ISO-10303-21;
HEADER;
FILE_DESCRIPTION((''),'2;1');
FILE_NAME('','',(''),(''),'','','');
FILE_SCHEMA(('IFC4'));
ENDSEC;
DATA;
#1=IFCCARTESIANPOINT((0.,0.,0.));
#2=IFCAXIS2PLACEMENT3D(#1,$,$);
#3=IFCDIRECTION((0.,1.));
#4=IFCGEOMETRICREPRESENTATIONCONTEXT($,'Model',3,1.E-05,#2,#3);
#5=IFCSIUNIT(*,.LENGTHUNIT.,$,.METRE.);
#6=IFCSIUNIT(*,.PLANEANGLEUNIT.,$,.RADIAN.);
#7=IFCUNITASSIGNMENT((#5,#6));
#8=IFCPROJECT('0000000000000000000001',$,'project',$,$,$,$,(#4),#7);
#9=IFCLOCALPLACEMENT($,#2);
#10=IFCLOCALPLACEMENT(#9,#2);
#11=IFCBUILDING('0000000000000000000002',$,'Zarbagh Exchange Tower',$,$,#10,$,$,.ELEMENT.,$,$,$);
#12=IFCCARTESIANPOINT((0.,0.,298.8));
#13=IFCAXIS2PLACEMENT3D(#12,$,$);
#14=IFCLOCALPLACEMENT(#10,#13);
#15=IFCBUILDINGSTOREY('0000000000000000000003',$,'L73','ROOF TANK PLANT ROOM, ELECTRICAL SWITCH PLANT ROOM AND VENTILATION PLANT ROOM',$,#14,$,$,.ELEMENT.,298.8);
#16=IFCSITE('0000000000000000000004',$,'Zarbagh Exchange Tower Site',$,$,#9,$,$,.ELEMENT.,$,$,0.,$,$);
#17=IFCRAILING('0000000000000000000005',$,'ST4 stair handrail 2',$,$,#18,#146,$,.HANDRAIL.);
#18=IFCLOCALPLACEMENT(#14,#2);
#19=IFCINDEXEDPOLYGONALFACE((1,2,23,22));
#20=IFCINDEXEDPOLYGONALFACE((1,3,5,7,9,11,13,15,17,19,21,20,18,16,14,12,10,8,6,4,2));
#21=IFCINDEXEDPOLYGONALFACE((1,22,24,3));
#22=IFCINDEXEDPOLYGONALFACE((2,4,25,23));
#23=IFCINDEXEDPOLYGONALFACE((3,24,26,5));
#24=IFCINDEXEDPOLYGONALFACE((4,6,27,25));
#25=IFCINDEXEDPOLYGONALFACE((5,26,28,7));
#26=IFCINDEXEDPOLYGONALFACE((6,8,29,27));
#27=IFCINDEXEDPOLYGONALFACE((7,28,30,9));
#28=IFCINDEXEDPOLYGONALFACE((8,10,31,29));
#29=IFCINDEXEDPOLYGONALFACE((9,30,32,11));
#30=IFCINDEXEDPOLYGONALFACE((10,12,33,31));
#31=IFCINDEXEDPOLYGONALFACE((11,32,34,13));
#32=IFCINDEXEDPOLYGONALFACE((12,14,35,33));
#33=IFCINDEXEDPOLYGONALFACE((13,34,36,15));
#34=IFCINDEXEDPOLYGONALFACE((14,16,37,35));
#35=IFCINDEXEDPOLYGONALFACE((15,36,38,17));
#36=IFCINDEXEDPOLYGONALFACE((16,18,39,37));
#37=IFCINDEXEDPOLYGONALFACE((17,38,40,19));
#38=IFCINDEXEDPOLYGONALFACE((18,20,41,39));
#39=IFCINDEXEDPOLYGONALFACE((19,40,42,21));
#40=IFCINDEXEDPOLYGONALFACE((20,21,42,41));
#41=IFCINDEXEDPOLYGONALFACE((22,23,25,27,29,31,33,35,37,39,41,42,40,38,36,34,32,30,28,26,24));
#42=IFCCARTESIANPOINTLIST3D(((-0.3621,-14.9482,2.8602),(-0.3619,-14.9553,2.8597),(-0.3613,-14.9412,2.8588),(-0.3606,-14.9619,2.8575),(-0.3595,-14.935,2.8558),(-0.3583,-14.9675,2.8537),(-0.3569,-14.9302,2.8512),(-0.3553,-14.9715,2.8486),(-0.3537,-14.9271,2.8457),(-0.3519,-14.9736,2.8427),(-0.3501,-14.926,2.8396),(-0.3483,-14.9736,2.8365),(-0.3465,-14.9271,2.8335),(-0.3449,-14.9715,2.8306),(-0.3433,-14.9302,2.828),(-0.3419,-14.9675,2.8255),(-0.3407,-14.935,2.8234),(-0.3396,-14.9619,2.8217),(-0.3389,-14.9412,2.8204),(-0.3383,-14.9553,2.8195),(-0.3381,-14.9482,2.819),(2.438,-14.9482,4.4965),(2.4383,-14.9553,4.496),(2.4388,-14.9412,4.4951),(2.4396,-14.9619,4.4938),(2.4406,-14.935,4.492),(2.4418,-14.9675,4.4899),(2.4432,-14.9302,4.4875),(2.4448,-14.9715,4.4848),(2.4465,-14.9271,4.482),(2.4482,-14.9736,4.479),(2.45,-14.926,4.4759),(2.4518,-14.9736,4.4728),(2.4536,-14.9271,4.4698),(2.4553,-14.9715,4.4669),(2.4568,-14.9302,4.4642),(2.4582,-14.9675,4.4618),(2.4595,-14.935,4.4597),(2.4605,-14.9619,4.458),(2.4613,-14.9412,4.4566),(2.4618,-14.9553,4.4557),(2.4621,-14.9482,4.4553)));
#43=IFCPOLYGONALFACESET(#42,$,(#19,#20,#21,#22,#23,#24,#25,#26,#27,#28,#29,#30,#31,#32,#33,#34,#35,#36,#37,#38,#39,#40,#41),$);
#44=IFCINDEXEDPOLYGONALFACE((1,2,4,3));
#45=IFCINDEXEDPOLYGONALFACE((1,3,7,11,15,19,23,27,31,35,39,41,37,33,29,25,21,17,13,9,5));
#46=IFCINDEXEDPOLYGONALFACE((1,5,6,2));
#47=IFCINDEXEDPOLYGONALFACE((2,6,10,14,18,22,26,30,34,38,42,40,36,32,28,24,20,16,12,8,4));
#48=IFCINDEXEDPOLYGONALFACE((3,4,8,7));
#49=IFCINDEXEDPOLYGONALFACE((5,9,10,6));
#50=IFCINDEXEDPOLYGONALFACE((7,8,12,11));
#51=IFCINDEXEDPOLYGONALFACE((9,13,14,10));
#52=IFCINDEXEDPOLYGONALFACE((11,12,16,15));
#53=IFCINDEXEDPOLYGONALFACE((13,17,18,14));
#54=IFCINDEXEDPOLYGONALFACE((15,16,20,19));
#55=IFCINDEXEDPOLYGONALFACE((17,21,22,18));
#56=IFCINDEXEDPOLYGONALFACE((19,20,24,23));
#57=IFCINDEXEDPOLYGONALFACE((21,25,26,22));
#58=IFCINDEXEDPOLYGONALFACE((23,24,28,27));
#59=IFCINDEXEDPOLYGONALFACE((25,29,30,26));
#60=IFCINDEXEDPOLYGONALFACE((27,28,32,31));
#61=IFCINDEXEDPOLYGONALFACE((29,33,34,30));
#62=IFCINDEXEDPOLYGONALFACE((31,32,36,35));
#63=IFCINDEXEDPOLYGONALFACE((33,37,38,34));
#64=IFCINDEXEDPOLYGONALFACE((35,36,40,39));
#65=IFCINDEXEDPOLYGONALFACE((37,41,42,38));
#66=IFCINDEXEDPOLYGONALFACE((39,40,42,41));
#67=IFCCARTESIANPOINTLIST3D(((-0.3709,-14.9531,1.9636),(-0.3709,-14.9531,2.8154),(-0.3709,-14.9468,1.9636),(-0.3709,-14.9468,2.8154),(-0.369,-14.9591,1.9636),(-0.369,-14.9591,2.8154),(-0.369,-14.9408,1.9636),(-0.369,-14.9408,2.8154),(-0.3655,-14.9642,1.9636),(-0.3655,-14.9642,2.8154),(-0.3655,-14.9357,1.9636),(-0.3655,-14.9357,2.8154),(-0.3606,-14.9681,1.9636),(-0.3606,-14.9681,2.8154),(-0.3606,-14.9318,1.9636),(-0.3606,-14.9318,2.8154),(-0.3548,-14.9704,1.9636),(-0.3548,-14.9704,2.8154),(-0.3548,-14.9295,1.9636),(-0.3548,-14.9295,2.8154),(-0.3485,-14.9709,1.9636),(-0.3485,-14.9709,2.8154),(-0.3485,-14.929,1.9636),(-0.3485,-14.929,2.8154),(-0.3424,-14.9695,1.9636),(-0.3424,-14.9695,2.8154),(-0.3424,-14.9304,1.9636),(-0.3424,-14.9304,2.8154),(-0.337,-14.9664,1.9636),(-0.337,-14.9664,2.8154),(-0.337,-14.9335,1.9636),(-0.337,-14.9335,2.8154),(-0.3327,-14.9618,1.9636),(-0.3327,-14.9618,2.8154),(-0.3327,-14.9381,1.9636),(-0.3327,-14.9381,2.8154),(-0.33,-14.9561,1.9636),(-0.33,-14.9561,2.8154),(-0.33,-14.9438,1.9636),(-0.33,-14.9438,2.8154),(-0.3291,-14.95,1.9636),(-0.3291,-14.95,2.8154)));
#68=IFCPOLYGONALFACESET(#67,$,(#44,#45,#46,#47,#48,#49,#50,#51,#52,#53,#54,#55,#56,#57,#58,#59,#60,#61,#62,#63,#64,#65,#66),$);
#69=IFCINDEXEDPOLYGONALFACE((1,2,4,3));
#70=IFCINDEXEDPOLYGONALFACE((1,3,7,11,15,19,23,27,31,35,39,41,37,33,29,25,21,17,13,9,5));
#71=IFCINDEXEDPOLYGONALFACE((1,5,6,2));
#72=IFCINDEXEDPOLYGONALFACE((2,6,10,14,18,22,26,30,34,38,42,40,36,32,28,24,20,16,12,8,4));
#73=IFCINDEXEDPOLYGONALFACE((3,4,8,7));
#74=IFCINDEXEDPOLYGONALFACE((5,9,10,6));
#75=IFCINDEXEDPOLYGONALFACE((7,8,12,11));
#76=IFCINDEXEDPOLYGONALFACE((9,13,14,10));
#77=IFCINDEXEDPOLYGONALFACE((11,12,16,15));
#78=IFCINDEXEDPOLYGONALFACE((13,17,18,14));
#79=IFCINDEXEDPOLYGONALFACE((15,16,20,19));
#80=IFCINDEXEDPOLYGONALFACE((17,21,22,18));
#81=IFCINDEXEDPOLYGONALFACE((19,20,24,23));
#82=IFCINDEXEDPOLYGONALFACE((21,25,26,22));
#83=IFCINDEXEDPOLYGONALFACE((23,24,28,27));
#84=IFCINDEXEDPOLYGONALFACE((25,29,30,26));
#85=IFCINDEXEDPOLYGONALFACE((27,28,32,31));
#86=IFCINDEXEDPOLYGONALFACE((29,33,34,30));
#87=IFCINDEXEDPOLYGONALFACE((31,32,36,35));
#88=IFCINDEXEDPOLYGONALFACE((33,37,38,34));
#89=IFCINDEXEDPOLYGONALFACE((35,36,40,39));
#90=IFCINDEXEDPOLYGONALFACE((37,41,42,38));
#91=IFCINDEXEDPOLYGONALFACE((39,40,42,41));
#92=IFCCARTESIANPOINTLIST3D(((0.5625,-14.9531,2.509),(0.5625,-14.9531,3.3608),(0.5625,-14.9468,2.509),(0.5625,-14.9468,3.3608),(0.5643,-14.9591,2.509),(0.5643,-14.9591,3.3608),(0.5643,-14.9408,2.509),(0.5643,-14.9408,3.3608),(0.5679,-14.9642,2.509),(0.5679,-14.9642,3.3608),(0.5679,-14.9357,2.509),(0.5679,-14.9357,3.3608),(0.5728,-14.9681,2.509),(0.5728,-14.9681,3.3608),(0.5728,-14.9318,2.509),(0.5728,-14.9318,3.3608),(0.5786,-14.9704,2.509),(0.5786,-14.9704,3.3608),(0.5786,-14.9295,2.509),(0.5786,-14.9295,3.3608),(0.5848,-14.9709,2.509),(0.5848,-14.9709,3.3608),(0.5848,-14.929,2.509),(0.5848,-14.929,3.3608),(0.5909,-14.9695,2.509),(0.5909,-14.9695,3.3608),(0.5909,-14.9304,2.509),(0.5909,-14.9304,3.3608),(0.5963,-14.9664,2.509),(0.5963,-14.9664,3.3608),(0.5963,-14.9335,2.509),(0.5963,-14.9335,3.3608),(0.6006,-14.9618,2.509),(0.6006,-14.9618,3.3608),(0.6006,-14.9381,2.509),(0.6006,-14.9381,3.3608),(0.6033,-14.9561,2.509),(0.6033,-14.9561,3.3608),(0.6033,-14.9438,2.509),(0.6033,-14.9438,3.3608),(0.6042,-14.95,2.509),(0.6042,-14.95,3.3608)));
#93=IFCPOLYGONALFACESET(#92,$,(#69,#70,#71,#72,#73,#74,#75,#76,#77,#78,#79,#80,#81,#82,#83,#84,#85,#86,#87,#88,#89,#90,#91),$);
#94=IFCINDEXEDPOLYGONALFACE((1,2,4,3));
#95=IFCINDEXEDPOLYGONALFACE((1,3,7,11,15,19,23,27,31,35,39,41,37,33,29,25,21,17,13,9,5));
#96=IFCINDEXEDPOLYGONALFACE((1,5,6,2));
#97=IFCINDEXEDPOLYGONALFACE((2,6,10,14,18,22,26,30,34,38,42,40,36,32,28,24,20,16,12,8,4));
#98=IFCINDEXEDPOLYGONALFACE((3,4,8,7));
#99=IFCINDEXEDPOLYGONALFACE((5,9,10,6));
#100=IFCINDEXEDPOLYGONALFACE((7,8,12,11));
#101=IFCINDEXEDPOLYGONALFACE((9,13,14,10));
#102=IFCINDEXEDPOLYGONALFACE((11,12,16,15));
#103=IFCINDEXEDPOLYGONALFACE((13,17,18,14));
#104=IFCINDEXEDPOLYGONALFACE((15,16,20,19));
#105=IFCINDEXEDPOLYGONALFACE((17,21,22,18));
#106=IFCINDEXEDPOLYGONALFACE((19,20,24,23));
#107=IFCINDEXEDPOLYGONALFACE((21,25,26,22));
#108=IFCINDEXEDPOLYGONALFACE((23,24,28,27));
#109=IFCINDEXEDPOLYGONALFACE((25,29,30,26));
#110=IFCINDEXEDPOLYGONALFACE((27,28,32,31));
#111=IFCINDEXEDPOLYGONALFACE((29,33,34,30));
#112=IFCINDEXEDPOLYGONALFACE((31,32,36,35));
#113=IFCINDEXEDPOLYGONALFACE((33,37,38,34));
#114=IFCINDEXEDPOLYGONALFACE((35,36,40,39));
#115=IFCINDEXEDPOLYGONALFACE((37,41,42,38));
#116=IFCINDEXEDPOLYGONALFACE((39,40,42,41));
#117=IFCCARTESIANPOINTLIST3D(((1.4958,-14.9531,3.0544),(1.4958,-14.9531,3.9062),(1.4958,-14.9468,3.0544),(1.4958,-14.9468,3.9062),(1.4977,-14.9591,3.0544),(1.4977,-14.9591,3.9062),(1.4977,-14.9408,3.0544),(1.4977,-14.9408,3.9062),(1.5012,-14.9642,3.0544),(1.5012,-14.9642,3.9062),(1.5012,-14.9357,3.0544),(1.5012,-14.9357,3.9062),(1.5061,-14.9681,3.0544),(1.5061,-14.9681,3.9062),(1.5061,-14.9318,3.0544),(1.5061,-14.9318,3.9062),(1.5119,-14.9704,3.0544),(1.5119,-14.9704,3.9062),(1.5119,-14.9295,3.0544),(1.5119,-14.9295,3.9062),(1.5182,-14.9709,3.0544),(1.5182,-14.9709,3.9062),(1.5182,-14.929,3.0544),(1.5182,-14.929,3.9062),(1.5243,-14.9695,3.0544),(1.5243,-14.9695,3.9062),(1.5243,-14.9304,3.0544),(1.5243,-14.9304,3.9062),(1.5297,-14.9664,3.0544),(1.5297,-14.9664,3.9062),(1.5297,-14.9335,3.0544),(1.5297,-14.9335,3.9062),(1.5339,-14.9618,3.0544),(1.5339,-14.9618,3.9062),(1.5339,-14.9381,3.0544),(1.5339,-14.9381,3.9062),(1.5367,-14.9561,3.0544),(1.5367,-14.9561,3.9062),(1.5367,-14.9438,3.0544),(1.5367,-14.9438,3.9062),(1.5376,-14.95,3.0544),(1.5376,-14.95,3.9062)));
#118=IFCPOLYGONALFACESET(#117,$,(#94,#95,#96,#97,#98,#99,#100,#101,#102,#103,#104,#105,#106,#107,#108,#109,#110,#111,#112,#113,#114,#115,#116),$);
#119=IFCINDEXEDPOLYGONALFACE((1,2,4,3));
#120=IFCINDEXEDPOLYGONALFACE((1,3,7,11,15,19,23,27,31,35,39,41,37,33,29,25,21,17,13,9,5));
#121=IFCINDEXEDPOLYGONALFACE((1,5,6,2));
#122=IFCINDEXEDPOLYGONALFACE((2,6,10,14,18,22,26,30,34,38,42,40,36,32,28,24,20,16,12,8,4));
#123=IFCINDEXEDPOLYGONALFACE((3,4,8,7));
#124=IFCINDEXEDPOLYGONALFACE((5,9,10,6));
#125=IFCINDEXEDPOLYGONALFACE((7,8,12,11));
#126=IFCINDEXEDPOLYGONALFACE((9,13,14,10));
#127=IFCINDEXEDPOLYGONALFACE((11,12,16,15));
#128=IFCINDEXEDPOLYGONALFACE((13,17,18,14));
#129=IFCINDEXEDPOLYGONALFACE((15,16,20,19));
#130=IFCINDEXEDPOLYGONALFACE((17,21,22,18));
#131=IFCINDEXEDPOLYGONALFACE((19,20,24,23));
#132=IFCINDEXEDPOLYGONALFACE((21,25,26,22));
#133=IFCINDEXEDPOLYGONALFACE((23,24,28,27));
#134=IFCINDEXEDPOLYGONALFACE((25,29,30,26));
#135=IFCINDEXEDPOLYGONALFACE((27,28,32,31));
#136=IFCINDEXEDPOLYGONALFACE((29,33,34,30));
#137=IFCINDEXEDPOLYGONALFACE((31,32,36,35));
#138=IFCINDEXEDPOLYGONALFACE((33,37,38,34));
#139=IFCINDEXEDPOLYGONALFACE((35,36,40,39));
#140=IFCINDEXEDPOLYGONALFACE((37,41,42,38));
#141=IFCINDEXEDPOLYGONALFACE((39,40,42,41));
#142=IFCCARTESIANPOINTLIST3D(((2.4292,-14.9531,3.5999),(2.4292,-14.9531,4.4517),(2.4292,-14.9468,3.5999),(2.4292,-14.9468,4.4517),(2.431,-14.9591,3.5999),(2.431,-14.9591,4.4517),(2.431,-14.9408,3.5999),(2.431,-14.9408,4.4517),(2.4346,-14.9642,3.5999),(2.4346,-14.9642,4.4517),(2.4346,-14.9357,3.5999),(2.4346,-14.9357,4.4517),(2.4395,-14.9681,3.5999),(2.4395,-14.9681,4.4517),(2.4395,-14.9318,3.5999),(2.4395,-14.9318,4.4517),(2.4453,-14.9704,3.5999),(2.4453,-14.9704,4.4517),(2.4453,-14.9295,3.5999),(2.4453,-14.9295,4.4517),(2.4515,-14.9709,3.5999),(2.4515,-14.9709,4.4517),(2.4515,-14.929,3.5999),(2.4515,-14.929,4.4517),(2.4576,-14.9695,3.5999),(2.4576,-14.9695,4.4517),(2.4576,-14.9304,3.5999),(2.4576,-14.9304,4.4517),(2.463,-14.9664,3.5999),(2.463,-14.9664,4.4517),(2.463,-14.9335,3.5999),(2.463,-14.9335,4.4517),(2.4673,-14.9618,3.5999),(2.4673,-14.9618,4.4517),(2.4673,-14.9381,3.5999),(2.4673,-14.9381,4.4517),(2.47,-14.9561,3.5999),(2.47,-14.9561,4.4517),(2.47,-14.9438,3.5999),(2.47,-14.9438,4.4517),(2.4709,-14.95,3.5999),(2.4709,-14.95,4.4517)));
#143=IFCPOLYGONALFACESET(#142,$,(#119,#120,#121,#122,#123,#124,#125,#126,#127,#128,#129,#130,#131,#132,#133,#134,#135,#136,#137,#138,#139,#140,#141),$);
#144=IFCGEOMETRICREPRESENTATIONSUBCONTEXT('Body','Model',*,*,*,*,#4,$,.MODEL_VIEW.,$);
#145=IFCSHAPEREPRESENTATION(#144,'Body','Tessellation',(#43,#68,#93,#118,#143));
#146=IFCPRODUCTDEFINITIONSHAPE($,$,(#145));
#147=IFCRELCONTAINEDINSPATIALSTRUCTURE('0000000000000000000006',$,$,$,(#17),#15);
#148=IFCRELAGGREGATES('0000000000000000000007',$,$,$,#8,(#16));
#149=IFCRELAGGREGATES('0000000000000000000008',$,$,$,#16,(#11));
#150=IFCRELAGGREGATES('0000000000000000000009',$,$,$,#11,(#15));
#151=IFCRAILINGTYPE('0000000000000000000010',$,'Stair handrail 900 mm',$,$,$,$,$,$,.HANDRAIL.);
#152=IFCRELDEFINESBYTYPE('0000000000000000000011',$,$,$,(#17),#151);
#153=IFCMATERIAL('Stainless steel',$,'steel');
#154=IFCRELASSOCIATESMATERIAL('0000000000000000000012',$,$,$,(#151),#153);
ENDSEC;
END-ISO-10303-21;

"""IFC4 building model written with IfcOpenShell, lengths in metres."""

from ifc_helpers import new_model, si_unit, direction, frame, origin, origin_2d, place, context, subcontext, project, spatial, circle, extrude, material, type_object, element, save


model = new_model("IFC4")

# Units and contexts
model_context = context("Model", 3, precision=1e-05, world=origin(), true_north=direction((0.0, 1.0)))
body_context = subcontext(model_context, "Body", "Model", "MODEL_VIEW")
ifc_project = project(units=[si_unit("LENGTHUNIT", "METRE"), si_unit("PLANEANGLEUNIT", "RADIAN")], contexts=[model_context])

# Site, building, storey
site_placement = place(None, origin())
site = spatial("IfcSite", under=ifc_project, at=site_placement, Name="Zarbagh Exchange Tower Site", CompositionType="ELEMENT", RefElevation=0.0)
building_placement = place(site_placement, origin())
building = spatial("IfcBuilding", under=site, at=building_placement, Name="Zarbagh Exchange Tower", CompositionType="ELEMENT")
storey_placement = place(building_placement, frame((0.0, 0.0, 298.8)))
storey = spatial("IfcBuildingStorey", under=building, at=storey_placement, Name="L73", Description="ROOF TANK PLANT ROOM, ELECTRICAL SWITCH PLANT ROOM AND VENTILATION PLANT ROOM", CompositionType="ELEMENT", Elevation=298.8)

# Railing
ifc_material_1 = material(Name="Stainless steel", Category="steel")
railing_type_1 = type_object("IfcRailingType", Name="Stair handrail 900 mm", PredefinedType="HANDRAIL", material=ifc_material_1)
railing_1_placement = place(storey_placement, frame((-0.3501, -14.95, 1.9636)))
element("IfcRailing", 1, at=railing_1_placement, inside=storey, type_object=railing_type_1, Name="ST4 stair handrail 2", PredefinedType="HANDRAIL", context=body_context, shape_type="SweptSolid", body=[
    extrude(circle(Radius=0.0239, at=origin_2d()), frame((0.0, 0.0, 0.876), z_axis=(0.863394, 0.0, 0.504531), x_axis=(0.0, 1.0, 0.0)), (0.0, 0.0, 1.0), 3.2432),
    extrude(circle(Radius=0.021, at=origin_2d()), origin(), (0.0, 0.0, 1.0), 0.8518),
    extrude(circle(Radius=0.021, at=origin_2d()), frame((0.9333, 0.0, 0.5454)), (0.0, 0.0, 1.0), 0.8518),
    extrude(circle(Radius=0.021, at=origin_2d()), frame((1.8667, 0.0, 1.0908)), (0.0, 0.0, 1.0), 0.8518),
    extrude(circle(Radius=0.021, at=origin_2d()), frame((2.8, 0.0, 1.6362)), (0.0, 0.0, 1.0), 0.8518),
])

save(model, "model.ifc")
